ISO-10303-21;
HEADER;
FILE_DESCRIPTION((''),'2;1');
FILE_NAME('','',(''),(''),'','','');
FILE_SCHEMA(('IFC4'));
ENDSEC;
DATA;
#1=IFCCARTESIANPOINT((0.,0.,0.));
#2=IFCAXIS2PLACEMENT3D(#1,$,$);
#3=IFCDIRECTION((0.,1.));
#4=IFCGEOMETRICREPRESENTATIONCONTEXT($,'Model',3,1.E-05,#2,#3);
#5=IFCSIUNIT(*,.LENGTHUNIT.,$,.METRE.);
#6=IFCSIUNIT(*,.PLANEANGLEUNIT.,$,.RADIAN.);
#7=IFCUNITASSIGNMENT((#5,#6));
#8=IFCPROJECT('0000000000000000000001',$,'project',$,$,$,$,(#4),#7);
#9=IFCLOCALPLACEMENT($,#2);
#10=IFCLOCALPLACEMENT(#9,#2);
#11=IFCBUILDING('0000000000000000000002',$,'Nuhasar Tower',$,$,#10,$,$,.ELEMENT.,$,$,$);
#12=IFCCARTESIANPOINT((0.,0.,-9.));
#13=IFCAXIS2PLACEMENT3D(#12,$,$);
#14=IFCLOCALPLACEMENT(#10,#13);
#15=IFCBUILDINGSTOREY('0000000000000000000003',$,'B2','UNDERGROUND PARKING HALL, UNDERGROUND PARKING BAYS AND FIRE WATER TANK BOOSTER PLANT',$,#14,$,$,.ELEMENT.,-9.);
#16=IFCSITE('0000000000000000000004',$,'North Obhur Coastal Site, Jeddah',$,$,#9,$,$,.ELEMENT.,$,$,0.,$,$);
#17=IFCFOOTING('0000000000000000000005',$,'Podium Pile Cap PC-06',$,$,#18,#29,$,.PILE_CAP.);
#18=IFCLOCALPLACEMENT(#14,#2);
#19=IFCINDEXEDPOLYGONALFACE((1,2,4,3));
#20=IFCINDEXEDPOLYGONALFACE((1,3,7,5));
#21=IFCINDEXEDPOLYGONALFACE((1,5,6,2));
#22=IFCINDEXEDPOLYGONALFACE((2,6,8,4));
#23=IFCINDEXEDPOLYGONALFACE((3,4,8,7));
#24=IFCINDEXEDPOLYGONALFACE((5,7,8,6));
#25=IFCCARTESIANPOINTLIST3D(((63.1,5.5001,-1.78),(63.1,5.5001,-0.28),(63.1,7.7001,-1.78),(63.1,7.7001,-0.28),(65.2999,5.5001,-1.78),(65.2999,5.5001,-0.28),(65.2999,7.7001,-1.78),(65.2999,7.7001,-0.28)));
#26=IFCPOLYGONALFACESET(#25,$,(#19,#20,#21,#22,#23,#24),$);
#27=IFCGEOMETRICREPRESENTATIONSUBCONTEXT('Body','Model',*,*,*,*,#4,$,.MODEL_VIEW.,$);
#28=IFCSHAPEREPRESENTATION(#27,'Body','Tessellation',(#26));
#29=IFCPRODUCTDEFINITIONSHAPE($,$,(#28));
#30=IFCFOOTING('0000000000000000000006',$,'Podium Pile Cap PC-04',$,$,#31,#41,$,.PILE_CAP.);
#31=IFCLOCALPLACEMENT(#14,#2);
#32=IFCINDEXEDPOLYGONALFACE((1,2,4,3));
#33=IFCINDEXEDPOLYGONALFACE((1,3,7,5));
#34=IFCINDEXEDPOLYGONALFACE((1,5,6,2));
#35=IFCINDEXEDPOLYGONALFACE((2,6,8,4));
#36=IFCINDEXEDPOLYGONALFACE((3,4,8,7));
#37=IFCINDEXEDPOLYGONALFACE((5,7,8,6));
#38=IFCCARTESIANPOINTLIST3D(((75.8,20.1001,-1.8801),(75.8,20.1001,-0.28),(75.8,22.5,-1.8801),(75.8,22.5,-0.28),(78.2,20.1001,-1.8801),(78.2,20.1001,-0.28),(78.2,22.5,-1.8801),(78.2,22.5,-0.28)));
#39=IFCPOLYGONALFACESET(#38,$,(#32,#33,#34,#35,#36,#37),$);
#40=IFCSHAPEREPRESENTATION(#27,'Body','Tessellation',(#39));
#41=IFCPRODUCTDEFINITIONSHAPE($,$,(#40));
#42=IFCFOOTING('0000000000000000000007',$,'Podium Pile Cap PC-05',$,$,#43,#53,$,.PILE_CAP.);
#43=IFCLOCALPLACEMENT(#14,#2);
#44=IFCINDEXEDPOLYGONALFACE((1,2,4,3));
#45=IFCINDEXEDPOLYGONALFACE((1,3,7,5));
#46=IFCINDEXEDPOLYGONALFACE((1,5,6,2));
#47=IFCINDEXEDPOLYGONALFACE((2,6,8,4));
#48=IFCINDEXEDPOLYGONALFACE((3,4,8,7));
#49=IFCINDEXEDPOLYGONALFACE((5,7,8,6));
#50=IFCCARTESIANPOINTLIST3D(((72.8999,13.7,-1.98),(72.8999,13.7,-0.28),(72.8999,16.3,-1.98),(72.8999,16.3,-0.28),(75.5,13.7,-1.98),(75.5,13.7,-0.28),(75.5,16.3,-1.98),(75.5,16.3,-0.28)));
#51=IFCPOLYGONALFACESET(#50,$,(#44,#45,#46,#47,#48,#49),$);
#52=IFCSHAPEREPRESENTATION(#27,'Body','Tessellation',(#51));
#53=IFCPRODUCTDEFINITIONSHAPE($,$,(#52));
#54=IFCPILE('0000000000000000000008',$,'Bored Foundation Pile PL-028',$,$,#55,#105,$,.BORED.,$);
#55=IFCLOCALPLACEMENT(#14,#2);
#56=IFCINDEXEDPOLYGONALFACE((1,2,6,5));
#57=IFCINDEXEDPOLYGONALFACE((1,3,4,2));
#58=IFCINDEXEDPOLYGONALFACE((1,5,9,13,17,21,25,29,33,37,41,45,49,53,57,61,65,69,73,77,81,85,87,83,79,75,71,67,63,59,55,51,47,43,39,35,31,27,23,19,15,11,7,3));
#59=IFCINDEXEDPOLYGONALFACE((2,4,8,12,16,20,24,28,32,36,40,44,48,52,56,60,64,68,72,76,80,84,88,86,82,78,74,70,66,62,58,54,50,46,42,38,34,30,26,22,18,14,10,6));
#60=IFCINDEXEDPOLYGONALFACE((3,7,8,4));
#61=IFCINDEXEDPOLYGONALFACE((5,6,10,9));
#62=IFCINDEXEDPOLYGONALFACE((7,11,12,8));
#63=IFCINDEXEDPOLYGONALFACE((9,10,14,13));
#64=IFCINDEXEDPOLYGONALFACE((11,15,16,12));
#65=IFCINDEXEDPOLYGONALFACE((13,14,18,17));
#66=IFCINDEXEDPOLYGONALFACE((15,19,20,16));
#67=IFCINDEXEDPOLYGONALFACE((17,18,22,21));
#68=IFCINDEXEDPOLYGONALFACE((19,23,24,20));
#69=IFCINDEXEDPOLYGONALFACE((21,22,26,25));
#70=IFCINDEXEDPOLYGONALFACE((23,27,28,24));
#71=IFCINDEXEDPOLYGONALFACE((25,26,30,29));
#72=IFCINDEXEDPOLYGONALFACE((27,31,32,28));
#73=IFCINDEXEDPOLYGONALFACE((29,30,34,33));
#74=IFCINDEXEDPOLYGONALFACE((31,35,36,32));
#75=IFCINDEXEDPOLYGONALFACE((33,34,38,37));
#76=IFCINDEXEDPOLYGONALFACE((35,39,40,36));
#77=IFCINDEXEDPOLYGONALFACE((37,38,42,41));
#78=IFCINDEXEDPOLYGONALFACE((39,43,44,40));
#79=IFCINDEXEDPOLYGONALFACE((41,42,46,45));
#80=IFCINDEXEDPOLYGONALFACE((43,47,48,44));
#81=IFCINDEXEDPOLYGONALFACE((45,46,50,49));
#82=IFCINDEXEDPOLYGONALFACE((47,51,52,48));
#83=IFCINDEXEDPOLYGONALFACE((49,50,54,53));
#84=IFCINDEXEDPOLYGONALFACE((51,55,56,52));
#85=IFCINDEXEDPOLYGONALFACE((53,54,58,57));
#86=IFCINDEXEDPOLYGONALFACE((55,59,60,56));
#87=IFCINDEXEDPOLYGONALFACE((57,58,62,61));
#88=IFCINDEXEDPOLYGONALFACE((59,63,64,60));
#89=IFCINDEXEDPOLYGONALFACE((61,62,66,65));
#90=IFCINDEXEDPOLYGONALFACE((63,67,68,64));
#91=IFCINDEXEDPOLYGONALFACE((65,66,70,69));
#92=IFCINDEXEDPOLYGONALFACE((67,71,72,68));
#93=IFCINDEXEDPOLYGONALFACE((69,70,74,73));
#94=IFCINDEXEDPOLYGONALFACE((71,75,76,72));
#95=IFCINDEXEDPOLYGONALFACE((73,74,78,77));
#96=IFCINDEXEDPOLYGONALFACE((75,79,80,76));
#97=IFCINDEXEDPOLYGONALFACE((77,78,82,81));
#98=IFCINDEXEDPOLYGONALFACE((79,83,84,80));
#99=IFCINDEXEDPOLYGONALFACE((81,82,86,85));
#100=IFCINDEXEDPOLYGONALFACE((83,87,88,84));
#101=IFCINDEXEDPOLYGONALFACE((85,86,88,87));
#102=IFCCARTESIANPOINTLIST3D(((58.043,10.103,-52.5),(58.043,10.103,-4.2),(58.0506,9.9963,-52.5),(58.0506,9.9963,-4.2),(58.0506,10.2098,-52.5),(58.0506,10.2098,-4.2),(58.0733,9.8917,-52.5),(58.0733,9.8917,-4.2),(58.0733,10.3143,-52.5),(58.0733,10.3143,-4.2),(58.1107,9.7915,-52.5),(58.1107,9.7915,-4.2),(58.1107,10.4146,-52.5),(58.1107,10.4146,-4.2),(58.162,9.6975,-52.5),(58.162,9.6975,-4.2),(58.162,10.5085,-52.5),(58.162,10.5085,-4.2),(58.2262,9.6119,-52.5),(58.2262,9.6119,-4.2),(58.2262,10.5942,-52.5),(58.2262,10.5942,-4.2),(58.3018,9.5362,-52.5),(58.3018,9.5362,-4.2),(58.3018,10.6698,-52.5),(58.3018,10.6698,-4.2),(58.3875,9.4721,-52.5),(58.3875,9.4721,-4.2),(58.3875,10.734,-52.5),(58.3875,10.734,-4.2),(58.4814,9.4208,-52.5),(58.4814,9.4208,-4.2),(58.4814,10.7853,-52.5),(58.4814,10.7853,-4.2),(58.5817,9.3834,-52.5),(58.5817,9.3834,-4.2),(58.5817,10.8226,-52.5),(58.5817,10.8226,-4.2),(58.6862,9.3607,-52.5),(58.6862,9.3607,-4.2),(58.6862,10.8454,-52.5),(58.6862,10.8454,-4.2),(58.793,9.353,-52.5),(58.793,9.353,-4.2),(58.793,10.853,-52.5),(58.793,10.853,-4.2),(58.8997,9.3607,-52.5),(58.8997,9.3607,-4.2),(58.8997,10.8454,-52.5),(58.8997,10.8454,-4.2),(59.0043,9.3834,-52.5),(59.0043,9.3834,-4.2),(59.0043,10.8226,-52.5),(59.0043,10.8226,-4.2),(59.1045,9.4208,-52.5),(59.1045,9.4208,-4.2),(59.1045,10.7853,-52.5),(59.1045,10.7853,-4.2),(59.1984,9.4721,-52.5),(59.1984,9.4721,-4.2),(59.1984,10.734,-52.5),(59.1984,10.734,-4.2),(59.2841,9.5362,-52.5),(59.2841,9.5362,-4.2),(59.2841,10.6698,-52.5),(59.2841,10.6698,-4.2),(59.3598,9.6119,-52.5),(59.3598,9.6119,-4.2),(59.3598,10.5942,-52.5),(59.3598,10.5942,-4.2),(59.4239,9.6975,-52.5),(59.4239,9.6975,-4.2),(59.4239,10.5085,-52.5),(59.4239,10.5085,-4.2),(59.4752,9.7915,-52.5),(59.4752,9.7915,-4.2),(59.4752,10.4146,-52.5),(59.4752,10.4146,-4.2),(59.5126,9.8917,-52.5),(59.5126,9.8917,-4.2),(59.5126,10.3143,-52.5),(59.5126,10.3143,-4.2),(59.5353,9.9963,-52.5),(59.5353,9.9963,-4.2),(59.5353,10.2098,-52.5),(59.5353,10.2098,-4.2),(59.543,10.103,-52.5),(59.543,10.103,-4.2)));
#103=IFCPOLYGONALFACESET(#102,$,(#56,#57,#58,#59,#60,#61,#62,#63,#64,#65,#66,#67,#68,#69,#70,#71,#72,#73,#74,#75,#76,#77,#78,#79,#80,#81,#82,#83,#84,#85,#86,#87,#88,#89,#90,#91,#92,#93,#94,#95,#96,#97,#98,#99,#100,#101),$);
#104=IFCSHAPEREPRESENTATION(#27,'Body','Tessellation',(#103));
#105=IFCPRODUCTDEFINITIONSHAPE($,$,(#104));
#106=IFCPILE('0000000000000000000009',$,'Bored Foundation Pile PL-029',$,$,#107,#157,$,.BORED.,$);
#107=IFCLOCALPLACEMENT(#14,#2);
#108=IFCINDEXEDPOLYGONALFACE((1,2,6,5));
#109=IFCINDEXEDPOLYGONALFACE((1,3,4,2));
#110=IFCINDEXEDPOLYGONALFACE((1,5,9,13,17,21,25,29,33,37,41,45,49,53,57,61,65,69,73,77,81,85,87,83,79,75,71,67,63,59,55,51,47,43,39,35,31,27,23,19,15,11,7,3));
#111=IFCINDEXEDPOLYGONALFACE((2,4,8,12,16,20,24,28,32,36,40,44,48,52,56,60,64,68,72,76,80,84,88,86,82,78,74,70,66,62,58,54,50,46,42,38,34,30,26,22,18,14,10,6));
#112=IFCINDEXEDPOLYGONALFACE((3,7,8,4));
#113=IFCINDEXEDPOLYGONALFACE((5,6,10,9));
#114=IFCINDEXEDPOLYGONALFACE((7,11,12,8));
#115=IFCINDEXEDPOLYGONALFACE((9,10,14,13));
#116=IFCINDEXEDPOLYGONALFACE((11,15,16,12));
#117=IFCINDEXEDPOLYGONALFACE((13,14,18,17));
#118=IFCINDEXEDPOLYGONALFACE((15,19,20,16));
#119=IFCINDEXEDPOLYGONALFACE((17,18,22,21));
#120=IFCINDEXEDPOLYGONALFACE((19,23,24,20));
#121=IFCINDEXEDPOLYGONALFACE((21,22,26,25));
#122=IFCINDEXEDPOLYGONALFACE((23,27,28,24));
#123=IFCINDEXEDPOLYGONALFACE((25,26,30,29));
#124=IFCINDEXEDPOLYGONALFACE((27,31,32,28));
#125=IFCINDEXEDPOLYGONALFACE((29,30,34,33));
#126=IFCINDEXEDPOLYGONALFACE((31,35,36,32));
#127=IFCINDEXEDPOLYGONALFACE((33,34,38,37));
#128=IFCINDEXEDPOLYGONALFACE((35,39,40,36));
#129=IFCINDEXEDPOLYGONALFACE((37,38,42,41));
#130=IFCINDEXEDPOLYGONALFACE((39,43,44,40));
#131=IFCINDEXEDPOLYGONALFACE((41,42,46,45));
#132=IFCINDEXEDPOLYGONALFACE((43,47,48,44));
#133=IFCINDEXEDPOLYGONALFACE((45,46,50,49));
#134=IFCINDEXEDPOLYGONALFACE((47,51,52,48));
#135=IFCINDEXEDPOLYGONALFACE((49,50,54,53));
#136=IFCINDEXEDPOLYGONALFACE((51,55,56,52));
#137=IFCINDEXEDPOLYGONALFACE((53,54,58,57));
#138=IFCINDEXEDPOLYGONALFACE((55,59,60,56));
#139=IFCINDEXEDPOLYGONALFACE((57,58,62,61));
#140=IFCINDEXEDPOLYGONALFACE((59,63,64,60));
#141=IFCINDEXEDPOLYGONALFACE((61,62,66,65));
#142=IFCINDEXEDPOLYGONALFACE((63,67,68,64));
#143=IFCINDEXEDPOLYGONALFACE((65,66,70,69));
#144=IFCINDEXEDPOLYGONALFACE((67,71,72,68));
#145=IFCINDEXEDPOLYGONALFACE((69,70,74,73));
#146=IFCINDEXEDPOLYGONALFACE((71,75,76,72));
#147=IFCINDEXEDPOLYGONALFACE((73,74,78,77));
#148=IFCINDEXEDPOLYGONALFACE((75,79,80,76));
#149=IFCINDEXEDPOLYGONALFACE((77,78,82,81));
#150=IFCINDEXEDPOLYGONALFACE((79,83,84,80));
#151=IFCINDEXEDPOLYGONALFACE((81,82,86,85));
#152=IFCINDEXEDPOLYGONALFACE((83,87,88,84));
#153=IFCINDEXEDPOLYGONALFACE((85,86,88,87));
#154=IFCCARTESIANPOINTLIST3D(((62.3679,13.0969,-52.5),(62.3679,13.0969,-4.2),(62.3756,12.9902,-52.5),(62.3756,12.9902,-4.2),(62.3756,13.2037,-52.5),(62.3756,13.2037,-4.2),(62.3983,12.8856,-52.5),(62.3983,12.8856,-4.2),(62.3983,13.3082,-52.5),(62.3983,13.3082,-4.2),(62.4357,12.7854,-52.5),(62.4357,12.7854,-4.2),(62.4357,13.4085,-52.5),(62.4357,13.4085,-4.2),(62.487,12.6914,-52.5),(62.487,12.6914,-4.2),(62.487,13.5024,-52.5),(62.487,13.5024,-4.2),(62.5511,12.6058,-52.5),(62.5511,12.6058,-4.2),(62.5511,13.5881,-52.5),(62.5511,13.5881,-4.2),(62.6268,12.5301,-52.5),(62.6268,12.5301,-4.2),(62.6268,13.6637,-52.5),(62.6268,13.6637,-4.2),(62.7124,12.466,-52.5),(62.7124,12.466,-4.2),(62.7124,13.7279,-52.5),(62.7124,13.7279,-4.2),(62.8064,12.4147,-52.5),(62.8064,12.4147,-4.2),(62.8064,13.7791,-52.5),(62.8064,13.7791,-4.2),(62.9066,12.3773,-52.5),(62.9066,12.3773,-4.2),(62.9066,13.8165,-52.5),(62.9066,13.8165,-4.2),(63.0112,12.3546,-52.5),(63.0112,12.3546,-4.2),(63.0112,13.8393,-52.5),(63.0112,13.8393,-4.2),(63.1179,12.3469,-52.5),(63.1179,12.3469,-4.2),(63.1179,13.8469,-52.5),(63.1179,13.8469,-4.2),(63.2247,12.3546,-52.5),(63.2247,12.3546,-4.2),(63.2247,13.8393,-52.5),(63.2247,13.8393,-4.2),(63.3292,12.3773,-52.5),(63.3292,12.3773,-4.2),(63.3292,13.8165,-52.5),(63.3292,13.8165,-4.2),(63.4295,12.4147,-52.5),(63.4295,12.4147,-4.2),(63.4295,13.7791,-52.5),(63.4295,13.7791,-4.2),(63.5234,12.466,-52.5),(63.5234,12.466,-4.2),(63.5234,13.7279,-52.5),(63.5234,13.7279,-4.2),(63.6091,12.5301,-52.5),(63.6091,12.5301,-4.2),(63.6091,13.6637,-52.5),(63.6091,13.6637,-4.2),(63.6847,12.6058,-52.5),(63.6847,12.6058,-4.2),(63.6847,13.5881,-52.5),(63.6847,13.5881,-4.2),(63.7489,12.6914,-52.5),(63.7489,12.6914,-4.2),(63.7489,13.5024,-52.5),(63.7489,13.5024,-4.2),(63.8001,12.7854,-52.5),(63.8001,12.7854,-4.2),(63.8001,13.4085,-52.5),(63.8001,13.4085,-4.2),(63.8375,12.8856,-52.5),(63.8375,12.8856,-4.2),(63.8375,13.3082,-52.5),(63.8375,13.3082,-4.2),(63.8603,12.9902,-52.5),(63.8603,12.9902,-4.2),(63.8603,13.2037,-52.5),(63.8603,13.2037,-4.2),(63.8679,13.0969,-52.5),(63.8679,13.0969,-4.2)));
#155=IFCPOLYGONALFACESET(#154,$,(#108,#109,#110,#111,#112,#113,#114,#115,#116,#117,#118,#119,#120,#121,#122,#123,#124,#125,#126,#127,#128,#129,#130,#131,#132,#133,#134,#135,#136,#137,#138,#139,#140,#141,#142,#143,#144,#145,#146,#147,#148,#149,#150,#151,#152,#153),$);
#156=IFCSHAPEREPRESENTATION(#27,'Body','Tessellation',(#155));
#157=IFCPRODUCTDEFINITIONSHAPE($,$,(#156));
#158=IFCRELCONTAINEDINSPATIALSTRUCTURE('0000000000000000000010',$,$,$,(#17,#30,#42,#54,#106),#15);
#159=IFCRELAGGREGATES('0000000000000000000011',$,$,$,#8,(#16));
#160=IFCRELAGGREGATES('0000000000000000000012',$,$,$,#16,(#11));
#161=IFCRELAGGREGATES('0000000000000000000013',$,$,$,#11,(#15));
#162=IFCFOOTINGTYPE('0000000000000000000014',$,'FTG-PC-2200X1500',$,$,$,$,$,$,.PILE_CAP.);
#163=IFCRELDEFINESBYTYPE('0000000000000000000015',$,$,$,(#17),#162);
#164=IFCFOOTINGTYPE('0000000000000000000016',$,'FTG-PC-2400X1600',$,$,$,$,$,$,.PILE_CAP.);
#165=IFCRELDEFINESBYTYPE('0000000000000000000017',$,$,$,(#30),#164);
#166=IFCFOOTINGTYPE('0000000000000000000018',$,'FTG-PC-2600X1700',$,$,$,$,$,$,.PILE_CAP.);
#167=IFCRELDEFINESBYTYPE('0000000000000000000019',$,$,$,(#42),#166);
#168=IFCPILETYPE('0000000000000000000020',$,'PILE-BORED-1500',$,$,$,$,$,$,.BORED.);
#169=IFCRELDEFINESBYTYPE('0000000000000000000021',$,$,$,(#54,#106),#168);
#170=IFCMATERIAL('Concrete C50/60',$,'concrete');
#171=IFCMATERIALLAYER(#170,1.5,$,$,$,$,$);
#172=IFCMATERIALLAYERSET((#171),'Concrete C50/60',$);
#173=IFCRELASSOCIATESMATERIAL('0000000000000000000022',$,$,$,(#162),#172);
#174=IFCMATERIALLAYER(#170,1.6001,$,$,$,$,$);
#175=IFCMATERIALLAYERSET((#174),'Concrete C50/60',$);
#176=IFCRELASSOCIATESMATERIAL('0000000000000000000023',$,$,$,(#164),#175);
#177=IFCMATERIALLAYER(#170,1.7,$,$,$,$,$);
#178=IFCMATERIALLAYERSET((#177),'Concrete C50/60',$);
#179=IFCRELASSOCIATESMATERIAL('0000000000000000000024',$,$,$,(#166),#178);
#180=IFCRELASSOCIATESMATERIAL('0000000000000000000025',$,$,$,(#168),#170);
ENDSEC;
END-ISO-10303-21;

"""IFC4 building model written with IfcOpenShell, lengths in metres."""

from ifc_helpers import new_model, si_unit, direction, frame, origin, origin_2d, place, context, subcontext, project, spatial, rectangle, circle, extrude, material, layer, layer_set, material_profile, profile_set, type_object, element, save


model = new_model("IFC4")

# Units and contexts
model_context = context("Model", 3, precision=1e-05, world=origin(), true_north=direction((0.0, 1.0)))
body_context = subcontext(model_context, "Body", "Model", "MODEL_VIEW")
ifc_project = project(units=[si_unit("LENGTHUNIT", "METRE"), si_unit("PLANEANGLEUNIT", "RADIAN")], contexts=[model_context])

# Site, building, storey
site_placement = place(None, origin())
site = spatial("IfcSite", under=ifc_project, at=site_placement, Name="North Obhur Coastal Site, Jeddah", CompositionType="ELEMENT", RefElevation=0.0)
building_placement = place(site_placement, origin())
building = spatial("IfcBuilding", under=site, at=building_placement, Name="Nuhasar Tower", CompositionType="ELEMENT")
storey_placement = place(building_placement, frame((0.0, 0.0, -9.0)))
storey = spatial("IfcBuildingStorey", under=building, at=storey_placement, Name="B2", Description="UNDERGROUND PARKING HALL, UNDERGROUND PARKING BAYS AND FIRE WATER TANK BOOSTER PLANT", CompositionType="ELEMENT", Elevation=-9.0)

# Footings
ifc_material_1 = material(Name="Concrete C50/60", Category="concrete")
ifc_layer_1 = layer(ifc_material_1, 1.5)
ifc_layer_set_1 = layer_set([ifc_layer_1], Name="Concrete C50/60")
footing_type_1 = type_object("IfcFootingType", Name="FTG-PC-2200X1500", PredefinedType="PILE_CAP", material=ifc_layer_set_1)
footing_1_placement = place(storey_placement, frame((64.2, 6.6001, -1.78), z_axis=(0.0, 0.0, 1.0), x_axis=(1.0, 0.0, 0.0)))
element("IfcFooting", 1, at=footing_1_placement, inside=storey, type_object=footing_type_1, Name="Podium Pile Cap PC-06", PredefinedType="PILE_CAP", context=body_context, shape_type="SweptSolid", body=[
    extrude(rectangle(XDim=2.2, YDim=2.2, at=origin_2d()), origin(), (0.0, 0.0, 1.0), 1.5),
])
ifc_layer_2 = layer(ifc_material_1, 1.6001)
ifc_layer_set_2 = layer_set([ifc_layer_2], Name="Concrete C50/60")
footing_type_2 = type_object("IfcFootingType", Name="FTG-PC-2400X1600", PredefinedType="PILE_CAP", material=ifc_layer_set_2)
footing_2_placement = place(storey_placement, frame((77.0, 21.3, -1.8801), z_axis=(0.0, 0.0, 1.0), x_axis=(1.0, 0.0, 0.0)))
element("IfcFooting", 2, at=footing_2_placement, inside=storey, type_object=footing_type_2, Name="Podium Pile Cap PC-04", PredefinedType="PILE_CAP", context=body_context, shape_type="SweptSolid", body=[
    extrude(rectangle(XDim=2.3999, YDim=2.3999, at=origin_2d()), origin(), (0.0, 0.0, 1.0), 1.6001),
])
ifc_layer_3 = layer(ifc_material_1, 1.7)
ifc_layer_set_3 = layer_set([ifc_layer_3], Name="Concrete C50/60")
footing_type_3 = type_object("IfcFootingType", Name="FTG-PC-2600X1700", PredefinedType="PILE_CAP", material=ifc_layer_set_3)
footing_3_placement = place(storey_placement, frame((74.2, 15.0, -1.98), z_axis=(0.0, 0.0, 1.0), x_axis=(1.0, 0.0, 0.0)))
element("IfcFooting", 3, at=footing_3_placement, inside=storey, type_object=footing_type_3, Name="Podium Pile Cap PC-05", PredefinedType="PILE_CAP", context=body_context, shape_type="SweptSolid", body=[
    extrude(rectangle(XDim=2.6001, YDim=2.6001, at=origin_2d()), origin(), (0.0, 0.0, 1.0), 1.7),
])

# Piles
ifc_material_profile_1 = material_profile(ifc_material_1, circle(Radius=0.75, at=origin_2d()), Name="PILE1500")
ifc_profile_set_1 = profile_set([ifc_material_profile_1], Name="Concrete C50/60")
pile_type_1 = type_object("IfcPileType", Name="PILE-BORED-1500", PredefinedType="BORED", material=ifc_profile_set_1)
for number, where, z_axis, x_axis, name in (
    (4, (58.793, 10.103, -4.2), (0.0, 0.0, -1.0), (1.0, 0.0, 0.0), "Bored Foundation Pile PL-028"),
    (5, (63.1179, 13.0969, -4.2), (0.0, 0.0, -1.0), (1.0, 0.0, 0.0), "Bored Foundation Pile PL-029"),
):
    element("IfcPile", number, at=place(storey_placement, frame(where, z_axis=z_axis, x_axis=x_axis)), inside=storey, type_object=pile_type_1, Name=name, PredefinedType="BORED", context=body_context, shape_type="SweptSolid", body=[
        extrude(circle(Radius=0.75, at=origin_2d()), origin(), (0.0, 0.0, 1.0), 48.3),
    ])

save(model, "model.ifc")
